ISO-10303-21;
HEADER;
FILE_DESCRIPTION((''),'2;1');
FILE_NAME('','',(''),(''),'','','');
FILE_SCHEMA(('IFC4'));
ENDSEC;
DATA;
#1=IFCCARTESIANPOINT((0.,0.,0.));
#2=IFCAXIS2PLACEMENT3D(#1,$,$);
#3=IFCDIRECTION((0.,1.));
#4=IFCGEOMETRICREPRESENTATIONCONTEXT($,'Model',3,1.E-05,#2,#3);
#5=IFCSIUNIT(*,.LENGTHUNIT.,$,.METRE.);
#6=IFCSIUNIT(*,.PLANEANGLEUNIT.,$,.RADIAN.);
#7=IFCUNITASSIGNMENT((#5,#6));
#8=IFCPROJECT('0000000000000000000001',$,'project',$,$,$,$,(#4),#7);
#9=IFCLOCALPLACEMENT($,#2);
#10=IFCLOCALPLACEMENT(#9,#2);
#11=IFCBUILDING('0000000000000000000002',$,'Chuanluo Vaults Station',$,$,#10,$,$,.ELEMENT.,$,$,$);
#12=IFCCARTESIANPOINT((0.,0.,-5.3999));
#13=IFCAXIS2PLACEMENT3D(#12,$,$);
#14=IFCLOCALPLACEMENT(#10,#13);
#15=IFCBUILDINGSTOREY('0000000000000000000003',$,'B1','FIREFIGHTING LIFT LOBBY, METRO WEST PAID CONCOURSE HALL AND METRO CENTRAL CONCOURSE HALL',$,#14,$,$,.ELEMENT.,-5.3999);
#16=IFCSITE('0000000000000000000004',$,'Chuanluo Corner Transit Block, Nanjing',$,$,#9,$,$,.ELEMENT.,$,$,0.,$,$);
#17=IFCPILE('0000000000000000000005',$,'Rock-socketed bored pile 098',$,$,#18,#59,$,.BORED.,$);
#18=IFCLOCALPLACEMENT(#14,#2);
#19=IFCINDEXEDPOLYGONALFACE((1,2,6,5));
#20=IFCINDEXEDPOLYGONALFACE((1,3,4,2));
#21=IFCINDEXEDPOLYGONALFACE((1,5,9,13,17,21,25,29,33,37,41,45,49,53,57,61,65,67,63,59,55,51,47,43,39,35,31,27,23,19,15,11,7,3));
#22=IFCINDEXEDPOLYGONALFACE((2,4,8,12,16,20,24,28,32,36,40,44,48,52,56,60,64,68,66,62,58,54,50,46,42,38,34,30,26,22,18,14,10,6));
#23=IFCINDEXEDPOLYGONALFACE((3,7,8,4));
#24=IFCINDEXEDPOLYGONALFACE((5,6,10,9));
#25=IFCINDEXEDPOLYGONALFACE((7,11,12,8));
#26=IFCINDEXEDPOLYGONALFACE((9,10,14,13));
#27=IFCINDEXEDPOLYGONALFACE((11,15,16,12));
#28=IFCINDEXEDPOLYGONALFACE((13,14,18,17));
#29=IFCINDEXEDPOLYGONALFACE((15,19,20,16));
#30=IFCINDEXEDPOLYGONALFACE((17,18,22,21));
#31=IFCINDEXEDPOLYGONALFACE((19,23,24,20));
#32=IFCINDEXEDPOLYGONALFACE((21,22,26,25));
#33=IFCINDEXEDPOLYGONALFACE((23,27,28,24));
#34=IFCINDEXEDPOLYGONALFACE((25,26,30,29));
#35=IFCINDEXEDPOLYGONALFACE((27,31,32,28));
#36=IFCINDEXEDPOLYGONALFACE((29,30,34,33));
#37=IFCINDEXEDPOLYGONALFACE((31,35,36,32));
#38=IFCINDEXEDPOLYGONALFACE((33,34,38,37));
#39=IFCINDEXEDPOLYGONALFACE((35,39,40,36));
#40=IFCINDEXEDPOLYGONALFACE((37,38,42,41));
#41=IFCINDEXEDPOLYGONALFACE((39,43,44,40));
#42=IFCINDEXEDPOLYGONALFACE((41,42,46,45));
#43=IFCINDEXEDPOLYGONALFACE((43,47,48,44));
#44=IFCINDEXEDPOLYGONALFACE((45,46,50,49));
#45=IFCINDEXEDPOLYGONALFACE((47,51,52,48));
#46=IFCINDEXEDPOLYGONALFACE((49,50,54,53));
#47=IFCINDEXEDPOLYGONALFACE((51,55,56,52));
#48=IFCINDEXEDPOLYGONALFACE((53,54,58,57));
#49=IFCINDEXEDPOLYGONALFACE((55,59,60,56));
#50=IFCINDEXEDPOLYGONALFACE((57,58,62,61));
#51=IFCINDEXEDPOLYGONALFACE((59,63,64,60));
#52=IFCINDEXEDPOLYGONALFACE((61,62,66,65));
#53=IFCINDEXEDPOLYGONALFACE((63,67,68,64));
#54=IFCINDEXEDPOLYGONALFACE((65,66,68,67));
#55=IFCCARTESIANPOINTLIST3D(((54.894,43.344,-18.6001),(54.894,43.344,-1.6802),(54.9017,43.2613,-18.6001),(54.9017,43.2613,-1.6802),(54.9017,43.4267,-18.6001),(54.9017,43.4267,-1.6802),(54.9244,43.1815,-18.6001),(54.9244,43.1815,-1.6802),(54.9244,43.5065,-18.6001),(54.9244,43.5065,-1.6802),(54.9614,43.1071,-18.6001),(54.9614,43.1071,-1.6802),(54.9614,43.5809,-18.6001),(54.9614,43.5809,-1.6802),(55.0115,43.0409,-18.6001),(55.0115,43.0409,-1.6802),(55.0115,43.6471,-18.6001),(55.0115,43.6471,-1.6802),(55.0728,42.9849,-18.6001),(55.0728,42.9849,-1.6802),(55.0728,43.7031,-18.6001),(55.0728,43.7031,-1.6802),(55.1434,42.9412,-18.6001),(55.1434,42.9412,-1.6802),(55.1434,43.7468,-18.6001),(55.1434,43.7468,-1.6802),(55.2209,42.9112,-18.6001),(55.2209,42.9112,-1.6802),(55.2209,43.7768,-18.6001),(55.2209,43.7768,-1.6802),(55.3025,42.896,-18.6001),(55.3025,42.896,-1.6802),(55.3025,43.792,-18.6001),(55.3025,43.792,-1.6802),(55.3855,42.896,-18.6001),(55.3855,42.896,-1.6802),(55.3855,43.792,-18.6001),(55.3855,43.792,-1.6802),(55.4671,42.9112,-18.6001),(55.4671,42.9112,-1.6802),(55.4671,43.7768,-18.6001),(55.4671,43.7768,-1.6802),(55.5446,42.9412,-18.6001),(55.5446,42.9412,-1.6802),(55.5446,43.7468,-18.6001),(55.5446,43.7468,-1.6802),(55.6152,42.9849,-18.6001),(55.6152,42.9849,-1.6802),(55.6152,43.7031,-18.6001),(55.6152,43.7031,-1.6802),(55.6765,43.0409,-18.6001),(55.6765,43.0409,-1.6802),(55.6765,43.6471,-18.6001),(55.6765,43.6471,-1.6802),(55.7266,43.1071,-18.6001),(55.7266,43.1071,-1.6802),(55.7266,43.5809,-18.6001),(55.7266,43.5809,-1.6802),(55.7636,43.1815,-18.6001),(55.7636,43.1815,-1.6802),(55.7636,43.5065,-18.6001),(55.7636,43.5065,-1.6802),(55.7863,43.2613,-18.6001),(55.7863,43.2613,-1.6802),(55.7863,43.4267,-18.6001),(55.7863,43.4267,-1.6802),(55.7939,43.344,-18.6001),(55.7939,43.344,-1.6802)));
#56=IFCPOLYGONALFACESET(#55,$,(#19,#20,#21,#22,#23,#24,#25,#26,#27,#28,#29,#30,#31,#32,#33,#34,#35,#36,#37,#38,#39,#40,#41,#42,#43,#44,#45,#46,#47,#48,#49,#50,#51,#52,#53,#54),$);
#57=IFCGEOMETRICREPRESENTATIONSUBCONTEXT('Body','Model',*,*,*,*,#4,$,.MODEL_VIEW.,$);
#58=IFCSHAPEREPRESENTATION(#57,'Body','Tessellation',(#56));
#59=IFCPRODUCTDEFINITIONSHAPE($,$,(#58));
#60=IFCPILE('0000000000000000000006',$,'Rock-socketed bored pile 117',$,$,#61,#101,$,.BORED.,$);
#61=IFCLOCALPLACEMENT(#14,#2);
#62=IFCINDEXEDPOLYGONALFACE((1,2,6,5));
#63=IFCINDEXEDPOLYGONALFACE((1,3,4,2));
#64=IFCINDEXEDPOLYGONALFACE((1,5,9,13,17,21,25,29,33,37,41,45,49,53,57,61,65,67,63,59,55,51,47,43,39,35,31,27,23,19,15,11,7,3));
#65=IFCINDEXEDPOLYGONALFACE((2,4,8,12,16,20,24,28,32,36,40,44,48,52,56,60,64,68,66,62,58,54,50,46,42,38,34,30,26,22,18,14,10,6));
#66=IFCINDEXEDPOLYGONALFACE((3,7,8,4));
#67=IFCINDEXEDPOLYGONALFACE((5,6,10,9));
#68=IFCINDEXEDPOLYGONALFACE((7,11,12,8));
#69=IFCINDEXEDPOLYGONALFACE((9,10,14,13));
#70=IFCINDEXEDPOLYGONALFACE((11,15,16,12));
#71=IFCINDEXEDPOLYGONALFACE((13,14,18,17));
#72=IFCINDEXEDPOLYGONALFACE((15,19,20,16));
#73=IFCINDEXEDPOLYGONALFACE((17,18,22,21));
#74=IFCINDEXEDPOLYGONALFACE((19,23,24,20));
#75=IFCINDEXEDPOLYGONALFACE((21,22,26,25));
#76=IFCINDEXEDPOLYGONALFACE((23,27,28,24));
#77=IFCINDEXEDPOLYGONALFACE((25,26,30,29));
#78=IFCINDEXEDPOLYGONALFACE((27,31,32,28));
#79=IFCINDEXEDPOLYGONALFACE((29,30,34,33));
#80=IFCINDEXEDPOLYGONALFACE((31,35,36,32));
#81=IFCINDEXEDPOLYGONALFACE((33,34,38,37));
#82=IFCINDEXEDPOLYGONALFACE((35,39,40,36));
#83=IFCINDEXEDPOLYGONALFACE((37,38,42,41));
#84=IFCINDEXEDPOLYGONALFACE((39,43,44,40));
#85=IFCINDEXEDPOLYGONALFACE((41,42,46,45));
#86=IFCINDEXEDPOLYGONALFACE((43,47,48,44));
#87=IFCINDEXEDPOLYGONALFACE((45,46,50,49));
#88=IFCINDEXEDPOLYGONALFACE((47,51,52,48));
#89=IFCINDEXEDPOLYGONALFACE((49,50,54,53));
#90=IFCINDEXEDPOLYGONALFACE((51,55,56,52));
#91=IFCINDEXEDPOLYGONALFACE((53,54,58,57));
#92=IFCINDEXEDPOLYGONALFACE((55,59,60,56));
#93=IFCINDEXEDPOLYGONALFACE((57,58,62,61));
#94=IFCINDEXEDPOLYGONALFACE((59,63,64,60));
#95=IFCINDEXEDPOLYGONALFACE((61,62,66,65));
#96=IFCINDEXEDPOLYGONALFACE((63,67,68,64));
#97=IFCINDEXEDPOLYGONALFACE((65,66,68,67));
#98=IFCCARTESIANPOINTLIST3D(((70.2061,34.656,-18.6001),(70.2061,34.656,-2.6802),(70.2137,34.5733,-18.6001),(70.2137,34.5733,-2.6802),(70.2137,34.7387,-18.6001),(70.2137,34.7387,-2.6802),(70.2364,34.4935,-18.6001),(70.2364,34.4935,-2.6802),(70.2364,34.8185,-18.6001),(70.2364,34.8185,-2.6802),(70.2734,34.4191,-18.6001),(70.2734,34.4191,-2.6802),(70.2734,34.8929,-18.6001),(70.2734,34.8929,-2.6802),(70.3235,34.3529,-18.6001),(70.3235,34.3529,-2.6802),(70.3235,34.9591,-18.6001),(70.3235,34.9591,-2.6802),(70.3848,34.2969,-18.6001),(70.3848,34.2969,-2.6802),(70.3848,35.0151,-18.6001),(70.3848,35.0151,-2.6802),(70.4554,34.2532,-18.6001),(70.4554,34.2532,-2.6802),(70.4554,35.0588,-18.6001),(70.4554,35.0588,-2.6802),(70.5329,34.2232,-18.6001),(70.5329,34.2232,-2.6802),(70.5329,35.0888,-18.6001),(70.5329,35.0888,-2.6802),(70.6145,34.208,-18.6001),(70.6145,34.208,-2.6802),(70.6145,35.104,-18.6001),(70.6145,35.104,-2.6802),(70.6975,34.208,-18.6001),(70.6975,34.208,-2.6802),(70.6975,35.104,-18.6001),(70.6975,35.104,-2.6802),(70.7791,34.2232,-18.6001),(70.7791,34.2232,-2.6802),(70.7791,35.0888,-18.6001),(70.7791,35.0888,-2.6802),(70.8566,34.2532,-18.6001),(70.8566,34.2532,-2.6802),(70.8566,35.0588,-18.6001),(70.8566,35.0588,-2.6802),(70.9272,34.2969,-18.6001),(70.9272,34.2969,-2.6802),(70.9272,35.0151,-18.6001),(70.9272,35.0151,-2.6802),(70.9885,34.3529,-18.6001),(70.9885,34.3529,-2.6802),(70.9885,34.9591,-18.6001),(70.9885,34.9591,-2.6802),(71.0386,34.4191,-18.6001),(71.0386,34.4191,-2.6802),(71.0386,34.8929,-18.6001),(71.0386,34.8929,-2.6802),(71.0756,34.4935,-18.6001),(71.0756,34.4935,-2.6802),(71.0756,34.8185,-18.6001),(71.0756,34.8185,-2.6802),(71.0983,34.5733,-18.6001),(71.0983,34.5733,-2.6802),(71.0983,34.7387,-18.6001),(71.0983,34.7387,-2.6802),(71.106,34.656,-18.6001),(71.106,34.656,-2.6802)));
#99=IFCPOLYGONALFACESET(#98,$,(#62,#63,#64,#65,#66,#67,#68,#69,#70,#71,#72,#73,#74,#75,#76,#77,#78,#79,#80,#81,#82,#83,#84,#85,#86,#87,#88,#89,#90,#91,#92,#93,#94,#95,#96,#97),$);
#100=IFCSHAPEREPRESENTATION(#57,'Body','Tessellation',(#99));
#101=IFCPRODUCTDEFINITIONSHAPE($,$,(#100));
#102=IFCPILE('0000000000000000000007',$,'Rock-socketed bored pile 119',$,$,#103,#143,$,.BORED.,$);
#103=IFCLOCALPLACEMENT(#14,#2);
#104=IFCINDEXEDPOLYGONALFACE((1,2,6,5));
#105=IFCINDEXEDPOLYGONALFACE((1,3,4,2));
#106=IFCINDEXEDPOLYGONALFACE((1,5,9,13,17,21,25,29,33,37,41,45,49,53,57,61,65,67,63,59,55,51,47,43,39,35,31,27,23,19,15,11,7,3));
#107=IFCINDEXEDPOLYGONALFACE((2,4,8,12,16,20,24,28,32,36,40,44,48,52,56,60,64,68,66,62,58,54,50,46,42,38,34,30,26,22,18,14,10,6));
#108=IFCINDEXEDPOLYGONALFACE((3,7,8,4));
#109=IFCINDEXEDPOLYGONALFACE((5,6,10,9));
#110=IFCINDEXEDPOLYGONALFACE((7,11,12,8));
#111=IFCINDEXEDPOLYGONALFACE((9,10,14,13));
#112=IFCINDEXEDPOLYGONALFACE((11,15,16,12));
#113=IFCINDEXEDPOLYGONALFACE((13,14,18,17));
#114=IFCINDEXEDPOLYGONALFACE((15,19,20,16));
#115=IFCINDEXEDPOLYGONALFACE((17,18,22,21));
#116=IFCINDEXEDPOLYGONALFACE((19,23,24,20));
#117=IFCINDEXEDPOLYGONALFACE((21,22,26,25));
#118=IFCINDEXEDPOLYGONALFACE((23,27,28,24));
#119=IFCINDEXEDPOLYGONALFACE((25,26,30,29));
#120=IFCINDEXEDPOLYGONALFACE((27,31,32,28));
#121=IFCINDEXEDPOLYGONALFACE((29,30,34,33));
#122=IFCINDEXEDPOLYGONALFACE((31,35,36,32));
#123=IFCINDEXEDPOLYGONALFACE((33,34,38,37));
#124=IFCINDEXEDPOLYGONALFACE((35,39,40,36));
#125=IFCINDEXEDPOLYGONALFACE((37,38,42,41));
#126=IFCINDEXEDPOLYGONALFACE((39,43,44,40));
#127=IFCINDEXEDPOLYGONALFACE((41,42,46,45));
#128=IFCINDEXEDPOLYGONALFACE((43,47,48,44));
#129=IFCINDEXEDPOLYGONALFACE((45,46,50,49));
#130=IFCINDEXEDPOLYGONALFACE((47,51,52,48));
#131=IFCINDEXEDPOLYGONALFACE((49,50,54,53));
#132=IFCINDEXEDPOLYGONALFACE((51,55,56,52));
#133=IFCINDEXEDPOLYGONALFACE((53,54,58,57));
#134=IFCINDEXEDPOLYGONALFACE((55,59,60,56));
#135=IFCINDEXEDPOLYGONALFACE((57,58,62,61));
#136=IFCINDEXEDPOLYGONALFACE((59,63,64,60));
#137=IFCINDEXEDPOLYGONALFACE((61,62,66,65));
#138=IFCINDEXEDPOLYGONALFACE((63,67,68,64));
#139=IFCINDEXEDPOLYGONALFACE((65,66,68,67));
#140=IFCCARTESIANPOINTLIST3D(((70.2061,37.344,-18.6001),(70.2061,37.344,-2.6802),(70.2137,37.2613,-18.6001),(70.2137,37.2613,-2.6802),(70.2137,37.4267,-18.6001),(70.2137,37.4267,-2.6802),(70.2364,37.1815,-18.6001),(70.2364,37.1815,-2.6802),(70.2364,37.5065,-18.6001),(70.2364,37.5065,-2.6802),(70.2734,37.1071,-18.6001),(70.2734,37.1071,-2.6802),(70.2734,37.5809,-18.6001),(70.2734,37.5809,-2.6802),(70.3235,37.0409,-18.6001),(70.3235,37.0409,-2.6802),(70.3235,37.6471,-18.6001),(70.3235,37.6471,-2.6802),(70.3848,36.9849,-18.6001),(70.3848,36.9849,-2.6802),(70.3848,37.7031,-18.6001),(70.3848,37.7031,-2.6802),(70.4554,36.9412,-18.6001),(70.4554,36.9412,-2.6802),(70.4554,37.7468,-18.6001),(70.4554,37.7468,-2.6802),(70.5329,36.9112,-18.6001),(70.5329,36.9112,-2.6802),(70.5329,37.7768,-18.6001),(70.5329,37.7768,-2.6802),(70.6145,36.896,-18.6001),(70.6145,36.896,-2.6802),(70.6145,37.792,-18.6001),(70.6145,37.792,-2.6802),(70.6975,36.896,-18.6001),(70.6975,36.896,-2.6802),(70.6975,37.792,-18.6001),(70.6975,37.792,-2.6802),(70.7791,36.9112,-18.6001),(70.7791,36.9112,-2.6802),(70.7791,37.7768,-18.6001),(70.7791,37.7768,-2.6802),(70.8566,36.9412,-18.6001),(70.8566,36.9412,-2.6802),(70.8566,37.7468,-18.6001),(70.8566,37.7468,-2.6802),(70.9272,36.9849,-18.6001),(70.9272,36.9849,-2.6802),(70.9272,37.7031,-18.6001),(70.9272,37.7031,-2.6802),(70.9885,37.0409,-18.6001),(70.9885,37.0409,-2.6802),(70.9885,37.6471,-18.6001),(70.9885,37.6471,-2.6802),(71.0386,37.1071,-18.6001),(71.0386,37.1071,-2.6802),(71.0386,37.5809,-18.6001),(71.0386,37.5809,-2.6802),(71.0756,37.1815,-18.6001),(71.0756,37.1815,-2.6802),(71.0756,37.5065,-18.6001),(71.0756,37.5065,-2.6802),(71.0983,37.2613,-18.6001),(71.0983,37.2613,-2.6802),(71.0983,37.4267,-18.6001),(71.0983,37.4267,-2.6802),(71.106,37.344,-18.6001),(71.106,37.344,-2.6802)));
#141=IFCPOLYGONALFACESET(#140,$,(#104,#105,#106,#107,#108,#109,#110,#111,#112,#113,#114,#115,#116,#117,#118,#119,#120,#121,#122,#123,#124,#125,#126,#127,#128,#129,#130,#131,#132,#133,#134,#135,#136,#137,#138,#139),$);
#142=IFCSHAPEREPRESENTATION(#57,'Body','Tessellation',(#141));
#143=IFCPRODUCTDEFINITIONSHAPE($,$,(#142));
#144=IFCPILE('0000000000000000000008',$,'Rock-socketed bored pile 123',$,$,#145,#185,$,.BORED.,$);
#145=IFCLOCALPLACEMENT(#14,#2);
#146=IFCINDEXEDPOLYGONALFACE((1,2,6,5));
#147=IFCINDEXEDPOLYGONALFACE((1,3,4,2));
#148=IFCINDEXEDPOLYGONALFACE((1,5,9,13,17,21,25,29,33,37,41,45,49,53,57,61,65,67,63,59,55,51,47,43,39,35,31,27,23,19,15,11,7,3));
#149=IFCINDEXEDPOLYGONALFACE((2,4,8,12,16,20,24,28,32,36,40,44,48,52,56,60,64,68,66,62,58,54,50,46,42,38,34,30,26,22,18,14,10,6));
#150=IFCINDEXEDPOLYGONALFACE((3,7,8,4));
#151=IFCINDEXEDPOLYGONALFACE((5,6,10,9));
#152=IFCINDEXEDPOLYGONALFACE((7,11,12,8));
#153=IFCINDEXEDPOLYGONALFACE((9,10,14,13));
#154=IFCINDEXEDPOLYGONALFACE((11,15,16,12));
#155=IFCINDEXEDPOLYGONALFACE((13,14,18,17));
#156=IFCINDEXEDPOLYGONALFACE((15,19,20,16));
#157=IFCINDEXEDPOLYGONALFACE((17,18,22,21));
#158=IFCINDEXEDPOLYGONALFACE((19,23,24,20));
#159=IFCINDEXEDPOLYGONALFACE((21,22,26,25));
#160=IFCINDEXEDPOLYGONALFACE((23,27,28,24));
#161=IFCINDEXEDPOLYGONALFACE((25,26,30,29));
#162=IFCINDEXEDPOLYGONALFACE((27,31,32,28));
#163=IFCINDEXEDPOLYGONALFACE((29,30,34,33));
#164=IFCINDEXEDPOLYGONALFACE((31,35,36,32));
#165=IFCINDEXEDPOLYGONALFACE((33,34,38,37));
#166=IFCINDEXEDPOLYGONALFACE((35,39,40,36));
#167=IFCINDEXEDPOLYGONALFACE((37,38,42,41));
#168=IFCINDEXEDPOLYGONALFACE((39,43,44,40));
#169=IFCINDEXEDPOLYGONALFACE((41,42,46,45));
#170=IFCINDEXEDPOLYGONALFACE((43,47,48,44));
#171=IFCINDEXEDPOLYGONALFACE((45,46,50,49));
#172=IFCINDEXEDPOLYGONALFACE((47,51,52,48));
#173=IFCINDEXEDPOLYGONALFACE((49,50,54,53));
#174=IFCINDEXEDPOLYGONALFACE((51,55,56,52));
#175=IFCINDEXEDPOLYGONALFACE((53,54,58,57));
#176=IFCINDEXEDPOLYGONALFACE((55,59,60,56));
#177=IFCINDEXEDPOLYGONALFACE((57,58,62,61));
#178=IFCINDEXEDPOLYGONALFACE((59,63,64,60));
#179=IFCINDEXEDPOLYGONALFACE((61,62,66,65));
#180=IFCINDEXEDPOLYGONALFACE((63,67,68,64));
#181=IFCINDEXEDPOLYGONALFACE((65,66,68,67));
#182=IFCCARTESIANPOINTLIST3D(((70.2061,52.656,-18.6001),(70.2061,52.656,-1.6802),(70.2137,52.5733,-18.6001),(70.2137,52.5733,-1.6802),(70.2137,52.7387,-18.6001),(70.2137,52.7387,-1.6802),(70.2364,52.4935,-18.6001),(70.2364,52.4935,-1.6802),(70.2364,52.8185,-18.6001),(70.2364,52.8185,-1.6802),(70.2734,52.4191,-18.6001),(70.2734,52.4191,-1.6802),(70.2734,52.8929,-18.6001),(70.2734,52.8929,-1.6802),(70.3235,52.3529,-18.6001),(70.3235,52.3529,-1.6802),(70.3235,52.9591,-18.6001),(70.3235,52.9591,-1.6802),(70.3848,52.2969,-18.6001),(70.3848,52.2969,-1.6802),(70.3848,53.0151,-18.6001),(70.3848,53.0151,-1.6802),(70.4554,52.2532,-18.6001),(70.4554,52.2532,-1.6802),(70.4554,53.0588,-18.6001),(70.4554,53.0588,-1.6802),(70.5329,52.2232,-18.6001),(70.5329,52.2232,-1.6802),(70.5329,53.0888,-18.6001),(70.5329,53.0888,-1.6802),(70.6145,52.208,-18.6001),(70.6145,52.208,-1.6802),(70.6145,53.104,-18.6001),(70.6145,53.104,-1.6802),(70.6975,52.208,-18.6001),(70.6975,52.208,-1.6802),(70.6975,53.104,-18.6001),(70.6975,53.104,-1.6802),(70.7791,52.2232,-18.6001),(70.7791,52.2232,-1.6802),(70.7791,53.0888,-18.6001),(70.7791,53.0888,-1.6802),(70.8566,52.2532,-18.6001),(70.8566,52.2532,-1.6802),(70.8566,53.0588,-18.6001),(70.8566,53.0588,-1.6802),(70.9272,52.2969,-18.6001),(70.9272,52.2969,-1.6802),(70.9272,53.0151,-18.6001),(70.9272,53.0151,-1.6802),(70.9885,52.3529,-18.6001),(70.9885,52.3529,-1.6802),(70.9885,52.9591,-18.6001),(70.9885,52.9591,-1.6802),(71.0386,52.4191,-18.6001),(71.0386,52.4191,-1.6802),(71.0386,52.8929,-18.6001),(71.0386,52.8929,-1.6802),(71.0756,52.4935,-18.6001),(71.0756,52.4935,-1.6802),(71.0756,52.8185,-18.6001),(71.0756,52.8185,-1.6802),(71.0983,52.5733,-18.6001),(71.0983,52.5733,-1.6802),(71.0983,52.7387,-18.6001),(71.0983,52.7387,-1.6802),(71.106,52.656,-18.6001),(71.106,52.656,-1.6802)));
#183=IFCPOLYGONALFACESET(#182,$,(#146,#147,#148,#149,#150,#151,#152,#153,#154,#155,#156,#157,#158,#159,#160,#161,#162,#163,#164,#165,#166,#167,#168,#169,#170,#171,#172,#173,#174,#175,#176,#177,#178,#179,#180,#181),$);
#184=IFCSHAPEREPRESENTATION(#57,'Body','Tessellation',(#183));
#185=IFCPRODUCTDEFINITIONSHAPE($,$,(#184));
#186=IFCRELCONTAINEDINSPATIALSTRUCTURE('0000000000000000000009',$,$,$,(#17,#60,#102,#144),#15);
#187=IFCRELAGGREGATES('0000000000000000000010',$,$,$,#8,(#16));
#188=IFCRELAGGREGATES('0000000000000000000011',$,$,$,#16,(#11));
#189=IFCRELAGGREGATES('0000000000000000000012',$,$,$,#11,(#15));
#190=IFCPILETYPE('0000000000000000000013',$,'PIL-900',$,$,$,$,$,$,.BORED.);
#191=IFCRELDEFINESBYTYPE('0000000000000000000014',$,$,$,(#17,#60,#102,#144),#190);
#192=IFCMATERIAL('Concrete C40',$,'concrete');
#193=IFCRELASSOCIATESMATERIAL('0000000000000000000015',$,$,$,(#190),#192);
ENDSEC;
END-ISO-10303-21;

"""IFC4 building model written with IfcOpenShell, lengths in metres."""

from ifc_helpers import new_model, si_unit, direction, frame, origin, origin_2d, place, context, subcontext, project, spatial, circle, extrude, material, material_profile, profile_set, type_object, element, save


model = new_model("IFC4")

# Units and contexts
model_context = context("Model", 3, precision=1e-05, world=origin(), true_north=direction((0.0, 1.0)))
body_context = subcontext(model_context, "Body", "Model", "MODEL_VIEW")
ifc_project = project(units=[si_unit("LENGTHUNIT", "METRE"), si_unit("PLANEANGLEUNIT", "RADIAN")], contexts=[model_context])

# Site, building, storey
site_placement = place(None, origin())
site = spatial("IfcSite", under=ifc_project, at=site_placement, Name="Chuanluo Corner Transit Block, Nanjing", CompositionType="ELEMENT", RefElevation=0.0)
building_placement = place(site_placement, origin())
building = spatial("IfcBuilding", under=site, at=building_placement, Name="Chuanluo Vaults Station", CompositionType="ELEMENT")
storey_placement = place(building_placement, frame((0.0, 0.0, -5.3999)))
storey = spatial("IfcBuildingStorey", under=building, at=storey_placement, Name="B1", Description="FIREFIGHTING LIFT LOBBY, METRO WEST PAID CONCOURSE HALL AND METRO CENTRAL CONCOURSE HALL", CompositionType="ELEMENT", Elevation=-5.3999)

# Piles
ifc_material_1 = material(Name="Concrete C40", Category="concrete")
ifc_material_profile_1 = material_profile(ifc_material_1, circle(Radius=0.45, at=origin_2d()))
ifc_profile_set_1 = profile_set([ifc_material_profile_1], Name="Concrete C40")
pile_type_1 = type_object("IfcPileType", Name="PIL-900", PredefinedType="BORED", material=ifc_profile_set_1)
for number, where, z_axis, x_axis, name in (
    (1, (55.344, 43.344, -1.6802), (0.0, 0.0, -1.0), (1.0, 0.0, 0.0), "Rock-socketed bored pile 098"),
):
    element("IfcPile", number, at=place(storey_placement, frame(where, z_axis=z_axis, x_axis=x_axis)), inside=storey, type_object=pile_type_1, Name=name, PredefinedType="BORED", context=body_context, shape_type="SweptSolid", body=[
        extrude(circle(Radius=0.45, at=origin_2d()), origin(), (0.0, 0.0, 1.0), 16.9199),
    ])
for number, where, z_axis, x_axis, name in (
    (2, (70.656, 34.656, -2.6802), (0.0, 0.0, -1.0), (1.0, 0.0, 0.0), "Rock-socketed bored pile 117"),
    (3, (70.656, 37.344, -2.6802), (0.0, 0.0, -1.0), (1.0, 0.0, 0.0), "Rock-socketed bored pile 119"),
):
    element("IfcPile", number, at=place(storey_placement, frame(where, z_axis=z_axis, x_axis=x_axis)), inside=storey, type_object=pile_type_1, Name=name, PredefinedType="BORED", context=body_context, shape_type="SweptSolid", body=[
        extrude(circle(Radius=0.45, at=origin_2d()), origin(), (0.0, 0.0, 1.0), 15.9199),
    ])
for number, where, z_axis, x_axis, name in (
    (4, (70.656, 52.656, -1.6802), (0.0, 0.0, -1.0), (1.0, 0.0, 0.0), "Rock-socketed bored pile 123"),
):
    element("IfcPile", number, at=place(storey_placement, frame(where, z_axis=z_axis, x_axis=x_axis)), inside=storey, type_object=pile_type_1, Name=name, PredefinedType="BORED", context=body_context, shape_type="SweptSolid", body=[
        extrude(circle(Radius=0.45, at=origin_2d()), origin(), (0.0, 0.0, 1.0), 16.9199),
    ])

save(model, "model.ifc")
